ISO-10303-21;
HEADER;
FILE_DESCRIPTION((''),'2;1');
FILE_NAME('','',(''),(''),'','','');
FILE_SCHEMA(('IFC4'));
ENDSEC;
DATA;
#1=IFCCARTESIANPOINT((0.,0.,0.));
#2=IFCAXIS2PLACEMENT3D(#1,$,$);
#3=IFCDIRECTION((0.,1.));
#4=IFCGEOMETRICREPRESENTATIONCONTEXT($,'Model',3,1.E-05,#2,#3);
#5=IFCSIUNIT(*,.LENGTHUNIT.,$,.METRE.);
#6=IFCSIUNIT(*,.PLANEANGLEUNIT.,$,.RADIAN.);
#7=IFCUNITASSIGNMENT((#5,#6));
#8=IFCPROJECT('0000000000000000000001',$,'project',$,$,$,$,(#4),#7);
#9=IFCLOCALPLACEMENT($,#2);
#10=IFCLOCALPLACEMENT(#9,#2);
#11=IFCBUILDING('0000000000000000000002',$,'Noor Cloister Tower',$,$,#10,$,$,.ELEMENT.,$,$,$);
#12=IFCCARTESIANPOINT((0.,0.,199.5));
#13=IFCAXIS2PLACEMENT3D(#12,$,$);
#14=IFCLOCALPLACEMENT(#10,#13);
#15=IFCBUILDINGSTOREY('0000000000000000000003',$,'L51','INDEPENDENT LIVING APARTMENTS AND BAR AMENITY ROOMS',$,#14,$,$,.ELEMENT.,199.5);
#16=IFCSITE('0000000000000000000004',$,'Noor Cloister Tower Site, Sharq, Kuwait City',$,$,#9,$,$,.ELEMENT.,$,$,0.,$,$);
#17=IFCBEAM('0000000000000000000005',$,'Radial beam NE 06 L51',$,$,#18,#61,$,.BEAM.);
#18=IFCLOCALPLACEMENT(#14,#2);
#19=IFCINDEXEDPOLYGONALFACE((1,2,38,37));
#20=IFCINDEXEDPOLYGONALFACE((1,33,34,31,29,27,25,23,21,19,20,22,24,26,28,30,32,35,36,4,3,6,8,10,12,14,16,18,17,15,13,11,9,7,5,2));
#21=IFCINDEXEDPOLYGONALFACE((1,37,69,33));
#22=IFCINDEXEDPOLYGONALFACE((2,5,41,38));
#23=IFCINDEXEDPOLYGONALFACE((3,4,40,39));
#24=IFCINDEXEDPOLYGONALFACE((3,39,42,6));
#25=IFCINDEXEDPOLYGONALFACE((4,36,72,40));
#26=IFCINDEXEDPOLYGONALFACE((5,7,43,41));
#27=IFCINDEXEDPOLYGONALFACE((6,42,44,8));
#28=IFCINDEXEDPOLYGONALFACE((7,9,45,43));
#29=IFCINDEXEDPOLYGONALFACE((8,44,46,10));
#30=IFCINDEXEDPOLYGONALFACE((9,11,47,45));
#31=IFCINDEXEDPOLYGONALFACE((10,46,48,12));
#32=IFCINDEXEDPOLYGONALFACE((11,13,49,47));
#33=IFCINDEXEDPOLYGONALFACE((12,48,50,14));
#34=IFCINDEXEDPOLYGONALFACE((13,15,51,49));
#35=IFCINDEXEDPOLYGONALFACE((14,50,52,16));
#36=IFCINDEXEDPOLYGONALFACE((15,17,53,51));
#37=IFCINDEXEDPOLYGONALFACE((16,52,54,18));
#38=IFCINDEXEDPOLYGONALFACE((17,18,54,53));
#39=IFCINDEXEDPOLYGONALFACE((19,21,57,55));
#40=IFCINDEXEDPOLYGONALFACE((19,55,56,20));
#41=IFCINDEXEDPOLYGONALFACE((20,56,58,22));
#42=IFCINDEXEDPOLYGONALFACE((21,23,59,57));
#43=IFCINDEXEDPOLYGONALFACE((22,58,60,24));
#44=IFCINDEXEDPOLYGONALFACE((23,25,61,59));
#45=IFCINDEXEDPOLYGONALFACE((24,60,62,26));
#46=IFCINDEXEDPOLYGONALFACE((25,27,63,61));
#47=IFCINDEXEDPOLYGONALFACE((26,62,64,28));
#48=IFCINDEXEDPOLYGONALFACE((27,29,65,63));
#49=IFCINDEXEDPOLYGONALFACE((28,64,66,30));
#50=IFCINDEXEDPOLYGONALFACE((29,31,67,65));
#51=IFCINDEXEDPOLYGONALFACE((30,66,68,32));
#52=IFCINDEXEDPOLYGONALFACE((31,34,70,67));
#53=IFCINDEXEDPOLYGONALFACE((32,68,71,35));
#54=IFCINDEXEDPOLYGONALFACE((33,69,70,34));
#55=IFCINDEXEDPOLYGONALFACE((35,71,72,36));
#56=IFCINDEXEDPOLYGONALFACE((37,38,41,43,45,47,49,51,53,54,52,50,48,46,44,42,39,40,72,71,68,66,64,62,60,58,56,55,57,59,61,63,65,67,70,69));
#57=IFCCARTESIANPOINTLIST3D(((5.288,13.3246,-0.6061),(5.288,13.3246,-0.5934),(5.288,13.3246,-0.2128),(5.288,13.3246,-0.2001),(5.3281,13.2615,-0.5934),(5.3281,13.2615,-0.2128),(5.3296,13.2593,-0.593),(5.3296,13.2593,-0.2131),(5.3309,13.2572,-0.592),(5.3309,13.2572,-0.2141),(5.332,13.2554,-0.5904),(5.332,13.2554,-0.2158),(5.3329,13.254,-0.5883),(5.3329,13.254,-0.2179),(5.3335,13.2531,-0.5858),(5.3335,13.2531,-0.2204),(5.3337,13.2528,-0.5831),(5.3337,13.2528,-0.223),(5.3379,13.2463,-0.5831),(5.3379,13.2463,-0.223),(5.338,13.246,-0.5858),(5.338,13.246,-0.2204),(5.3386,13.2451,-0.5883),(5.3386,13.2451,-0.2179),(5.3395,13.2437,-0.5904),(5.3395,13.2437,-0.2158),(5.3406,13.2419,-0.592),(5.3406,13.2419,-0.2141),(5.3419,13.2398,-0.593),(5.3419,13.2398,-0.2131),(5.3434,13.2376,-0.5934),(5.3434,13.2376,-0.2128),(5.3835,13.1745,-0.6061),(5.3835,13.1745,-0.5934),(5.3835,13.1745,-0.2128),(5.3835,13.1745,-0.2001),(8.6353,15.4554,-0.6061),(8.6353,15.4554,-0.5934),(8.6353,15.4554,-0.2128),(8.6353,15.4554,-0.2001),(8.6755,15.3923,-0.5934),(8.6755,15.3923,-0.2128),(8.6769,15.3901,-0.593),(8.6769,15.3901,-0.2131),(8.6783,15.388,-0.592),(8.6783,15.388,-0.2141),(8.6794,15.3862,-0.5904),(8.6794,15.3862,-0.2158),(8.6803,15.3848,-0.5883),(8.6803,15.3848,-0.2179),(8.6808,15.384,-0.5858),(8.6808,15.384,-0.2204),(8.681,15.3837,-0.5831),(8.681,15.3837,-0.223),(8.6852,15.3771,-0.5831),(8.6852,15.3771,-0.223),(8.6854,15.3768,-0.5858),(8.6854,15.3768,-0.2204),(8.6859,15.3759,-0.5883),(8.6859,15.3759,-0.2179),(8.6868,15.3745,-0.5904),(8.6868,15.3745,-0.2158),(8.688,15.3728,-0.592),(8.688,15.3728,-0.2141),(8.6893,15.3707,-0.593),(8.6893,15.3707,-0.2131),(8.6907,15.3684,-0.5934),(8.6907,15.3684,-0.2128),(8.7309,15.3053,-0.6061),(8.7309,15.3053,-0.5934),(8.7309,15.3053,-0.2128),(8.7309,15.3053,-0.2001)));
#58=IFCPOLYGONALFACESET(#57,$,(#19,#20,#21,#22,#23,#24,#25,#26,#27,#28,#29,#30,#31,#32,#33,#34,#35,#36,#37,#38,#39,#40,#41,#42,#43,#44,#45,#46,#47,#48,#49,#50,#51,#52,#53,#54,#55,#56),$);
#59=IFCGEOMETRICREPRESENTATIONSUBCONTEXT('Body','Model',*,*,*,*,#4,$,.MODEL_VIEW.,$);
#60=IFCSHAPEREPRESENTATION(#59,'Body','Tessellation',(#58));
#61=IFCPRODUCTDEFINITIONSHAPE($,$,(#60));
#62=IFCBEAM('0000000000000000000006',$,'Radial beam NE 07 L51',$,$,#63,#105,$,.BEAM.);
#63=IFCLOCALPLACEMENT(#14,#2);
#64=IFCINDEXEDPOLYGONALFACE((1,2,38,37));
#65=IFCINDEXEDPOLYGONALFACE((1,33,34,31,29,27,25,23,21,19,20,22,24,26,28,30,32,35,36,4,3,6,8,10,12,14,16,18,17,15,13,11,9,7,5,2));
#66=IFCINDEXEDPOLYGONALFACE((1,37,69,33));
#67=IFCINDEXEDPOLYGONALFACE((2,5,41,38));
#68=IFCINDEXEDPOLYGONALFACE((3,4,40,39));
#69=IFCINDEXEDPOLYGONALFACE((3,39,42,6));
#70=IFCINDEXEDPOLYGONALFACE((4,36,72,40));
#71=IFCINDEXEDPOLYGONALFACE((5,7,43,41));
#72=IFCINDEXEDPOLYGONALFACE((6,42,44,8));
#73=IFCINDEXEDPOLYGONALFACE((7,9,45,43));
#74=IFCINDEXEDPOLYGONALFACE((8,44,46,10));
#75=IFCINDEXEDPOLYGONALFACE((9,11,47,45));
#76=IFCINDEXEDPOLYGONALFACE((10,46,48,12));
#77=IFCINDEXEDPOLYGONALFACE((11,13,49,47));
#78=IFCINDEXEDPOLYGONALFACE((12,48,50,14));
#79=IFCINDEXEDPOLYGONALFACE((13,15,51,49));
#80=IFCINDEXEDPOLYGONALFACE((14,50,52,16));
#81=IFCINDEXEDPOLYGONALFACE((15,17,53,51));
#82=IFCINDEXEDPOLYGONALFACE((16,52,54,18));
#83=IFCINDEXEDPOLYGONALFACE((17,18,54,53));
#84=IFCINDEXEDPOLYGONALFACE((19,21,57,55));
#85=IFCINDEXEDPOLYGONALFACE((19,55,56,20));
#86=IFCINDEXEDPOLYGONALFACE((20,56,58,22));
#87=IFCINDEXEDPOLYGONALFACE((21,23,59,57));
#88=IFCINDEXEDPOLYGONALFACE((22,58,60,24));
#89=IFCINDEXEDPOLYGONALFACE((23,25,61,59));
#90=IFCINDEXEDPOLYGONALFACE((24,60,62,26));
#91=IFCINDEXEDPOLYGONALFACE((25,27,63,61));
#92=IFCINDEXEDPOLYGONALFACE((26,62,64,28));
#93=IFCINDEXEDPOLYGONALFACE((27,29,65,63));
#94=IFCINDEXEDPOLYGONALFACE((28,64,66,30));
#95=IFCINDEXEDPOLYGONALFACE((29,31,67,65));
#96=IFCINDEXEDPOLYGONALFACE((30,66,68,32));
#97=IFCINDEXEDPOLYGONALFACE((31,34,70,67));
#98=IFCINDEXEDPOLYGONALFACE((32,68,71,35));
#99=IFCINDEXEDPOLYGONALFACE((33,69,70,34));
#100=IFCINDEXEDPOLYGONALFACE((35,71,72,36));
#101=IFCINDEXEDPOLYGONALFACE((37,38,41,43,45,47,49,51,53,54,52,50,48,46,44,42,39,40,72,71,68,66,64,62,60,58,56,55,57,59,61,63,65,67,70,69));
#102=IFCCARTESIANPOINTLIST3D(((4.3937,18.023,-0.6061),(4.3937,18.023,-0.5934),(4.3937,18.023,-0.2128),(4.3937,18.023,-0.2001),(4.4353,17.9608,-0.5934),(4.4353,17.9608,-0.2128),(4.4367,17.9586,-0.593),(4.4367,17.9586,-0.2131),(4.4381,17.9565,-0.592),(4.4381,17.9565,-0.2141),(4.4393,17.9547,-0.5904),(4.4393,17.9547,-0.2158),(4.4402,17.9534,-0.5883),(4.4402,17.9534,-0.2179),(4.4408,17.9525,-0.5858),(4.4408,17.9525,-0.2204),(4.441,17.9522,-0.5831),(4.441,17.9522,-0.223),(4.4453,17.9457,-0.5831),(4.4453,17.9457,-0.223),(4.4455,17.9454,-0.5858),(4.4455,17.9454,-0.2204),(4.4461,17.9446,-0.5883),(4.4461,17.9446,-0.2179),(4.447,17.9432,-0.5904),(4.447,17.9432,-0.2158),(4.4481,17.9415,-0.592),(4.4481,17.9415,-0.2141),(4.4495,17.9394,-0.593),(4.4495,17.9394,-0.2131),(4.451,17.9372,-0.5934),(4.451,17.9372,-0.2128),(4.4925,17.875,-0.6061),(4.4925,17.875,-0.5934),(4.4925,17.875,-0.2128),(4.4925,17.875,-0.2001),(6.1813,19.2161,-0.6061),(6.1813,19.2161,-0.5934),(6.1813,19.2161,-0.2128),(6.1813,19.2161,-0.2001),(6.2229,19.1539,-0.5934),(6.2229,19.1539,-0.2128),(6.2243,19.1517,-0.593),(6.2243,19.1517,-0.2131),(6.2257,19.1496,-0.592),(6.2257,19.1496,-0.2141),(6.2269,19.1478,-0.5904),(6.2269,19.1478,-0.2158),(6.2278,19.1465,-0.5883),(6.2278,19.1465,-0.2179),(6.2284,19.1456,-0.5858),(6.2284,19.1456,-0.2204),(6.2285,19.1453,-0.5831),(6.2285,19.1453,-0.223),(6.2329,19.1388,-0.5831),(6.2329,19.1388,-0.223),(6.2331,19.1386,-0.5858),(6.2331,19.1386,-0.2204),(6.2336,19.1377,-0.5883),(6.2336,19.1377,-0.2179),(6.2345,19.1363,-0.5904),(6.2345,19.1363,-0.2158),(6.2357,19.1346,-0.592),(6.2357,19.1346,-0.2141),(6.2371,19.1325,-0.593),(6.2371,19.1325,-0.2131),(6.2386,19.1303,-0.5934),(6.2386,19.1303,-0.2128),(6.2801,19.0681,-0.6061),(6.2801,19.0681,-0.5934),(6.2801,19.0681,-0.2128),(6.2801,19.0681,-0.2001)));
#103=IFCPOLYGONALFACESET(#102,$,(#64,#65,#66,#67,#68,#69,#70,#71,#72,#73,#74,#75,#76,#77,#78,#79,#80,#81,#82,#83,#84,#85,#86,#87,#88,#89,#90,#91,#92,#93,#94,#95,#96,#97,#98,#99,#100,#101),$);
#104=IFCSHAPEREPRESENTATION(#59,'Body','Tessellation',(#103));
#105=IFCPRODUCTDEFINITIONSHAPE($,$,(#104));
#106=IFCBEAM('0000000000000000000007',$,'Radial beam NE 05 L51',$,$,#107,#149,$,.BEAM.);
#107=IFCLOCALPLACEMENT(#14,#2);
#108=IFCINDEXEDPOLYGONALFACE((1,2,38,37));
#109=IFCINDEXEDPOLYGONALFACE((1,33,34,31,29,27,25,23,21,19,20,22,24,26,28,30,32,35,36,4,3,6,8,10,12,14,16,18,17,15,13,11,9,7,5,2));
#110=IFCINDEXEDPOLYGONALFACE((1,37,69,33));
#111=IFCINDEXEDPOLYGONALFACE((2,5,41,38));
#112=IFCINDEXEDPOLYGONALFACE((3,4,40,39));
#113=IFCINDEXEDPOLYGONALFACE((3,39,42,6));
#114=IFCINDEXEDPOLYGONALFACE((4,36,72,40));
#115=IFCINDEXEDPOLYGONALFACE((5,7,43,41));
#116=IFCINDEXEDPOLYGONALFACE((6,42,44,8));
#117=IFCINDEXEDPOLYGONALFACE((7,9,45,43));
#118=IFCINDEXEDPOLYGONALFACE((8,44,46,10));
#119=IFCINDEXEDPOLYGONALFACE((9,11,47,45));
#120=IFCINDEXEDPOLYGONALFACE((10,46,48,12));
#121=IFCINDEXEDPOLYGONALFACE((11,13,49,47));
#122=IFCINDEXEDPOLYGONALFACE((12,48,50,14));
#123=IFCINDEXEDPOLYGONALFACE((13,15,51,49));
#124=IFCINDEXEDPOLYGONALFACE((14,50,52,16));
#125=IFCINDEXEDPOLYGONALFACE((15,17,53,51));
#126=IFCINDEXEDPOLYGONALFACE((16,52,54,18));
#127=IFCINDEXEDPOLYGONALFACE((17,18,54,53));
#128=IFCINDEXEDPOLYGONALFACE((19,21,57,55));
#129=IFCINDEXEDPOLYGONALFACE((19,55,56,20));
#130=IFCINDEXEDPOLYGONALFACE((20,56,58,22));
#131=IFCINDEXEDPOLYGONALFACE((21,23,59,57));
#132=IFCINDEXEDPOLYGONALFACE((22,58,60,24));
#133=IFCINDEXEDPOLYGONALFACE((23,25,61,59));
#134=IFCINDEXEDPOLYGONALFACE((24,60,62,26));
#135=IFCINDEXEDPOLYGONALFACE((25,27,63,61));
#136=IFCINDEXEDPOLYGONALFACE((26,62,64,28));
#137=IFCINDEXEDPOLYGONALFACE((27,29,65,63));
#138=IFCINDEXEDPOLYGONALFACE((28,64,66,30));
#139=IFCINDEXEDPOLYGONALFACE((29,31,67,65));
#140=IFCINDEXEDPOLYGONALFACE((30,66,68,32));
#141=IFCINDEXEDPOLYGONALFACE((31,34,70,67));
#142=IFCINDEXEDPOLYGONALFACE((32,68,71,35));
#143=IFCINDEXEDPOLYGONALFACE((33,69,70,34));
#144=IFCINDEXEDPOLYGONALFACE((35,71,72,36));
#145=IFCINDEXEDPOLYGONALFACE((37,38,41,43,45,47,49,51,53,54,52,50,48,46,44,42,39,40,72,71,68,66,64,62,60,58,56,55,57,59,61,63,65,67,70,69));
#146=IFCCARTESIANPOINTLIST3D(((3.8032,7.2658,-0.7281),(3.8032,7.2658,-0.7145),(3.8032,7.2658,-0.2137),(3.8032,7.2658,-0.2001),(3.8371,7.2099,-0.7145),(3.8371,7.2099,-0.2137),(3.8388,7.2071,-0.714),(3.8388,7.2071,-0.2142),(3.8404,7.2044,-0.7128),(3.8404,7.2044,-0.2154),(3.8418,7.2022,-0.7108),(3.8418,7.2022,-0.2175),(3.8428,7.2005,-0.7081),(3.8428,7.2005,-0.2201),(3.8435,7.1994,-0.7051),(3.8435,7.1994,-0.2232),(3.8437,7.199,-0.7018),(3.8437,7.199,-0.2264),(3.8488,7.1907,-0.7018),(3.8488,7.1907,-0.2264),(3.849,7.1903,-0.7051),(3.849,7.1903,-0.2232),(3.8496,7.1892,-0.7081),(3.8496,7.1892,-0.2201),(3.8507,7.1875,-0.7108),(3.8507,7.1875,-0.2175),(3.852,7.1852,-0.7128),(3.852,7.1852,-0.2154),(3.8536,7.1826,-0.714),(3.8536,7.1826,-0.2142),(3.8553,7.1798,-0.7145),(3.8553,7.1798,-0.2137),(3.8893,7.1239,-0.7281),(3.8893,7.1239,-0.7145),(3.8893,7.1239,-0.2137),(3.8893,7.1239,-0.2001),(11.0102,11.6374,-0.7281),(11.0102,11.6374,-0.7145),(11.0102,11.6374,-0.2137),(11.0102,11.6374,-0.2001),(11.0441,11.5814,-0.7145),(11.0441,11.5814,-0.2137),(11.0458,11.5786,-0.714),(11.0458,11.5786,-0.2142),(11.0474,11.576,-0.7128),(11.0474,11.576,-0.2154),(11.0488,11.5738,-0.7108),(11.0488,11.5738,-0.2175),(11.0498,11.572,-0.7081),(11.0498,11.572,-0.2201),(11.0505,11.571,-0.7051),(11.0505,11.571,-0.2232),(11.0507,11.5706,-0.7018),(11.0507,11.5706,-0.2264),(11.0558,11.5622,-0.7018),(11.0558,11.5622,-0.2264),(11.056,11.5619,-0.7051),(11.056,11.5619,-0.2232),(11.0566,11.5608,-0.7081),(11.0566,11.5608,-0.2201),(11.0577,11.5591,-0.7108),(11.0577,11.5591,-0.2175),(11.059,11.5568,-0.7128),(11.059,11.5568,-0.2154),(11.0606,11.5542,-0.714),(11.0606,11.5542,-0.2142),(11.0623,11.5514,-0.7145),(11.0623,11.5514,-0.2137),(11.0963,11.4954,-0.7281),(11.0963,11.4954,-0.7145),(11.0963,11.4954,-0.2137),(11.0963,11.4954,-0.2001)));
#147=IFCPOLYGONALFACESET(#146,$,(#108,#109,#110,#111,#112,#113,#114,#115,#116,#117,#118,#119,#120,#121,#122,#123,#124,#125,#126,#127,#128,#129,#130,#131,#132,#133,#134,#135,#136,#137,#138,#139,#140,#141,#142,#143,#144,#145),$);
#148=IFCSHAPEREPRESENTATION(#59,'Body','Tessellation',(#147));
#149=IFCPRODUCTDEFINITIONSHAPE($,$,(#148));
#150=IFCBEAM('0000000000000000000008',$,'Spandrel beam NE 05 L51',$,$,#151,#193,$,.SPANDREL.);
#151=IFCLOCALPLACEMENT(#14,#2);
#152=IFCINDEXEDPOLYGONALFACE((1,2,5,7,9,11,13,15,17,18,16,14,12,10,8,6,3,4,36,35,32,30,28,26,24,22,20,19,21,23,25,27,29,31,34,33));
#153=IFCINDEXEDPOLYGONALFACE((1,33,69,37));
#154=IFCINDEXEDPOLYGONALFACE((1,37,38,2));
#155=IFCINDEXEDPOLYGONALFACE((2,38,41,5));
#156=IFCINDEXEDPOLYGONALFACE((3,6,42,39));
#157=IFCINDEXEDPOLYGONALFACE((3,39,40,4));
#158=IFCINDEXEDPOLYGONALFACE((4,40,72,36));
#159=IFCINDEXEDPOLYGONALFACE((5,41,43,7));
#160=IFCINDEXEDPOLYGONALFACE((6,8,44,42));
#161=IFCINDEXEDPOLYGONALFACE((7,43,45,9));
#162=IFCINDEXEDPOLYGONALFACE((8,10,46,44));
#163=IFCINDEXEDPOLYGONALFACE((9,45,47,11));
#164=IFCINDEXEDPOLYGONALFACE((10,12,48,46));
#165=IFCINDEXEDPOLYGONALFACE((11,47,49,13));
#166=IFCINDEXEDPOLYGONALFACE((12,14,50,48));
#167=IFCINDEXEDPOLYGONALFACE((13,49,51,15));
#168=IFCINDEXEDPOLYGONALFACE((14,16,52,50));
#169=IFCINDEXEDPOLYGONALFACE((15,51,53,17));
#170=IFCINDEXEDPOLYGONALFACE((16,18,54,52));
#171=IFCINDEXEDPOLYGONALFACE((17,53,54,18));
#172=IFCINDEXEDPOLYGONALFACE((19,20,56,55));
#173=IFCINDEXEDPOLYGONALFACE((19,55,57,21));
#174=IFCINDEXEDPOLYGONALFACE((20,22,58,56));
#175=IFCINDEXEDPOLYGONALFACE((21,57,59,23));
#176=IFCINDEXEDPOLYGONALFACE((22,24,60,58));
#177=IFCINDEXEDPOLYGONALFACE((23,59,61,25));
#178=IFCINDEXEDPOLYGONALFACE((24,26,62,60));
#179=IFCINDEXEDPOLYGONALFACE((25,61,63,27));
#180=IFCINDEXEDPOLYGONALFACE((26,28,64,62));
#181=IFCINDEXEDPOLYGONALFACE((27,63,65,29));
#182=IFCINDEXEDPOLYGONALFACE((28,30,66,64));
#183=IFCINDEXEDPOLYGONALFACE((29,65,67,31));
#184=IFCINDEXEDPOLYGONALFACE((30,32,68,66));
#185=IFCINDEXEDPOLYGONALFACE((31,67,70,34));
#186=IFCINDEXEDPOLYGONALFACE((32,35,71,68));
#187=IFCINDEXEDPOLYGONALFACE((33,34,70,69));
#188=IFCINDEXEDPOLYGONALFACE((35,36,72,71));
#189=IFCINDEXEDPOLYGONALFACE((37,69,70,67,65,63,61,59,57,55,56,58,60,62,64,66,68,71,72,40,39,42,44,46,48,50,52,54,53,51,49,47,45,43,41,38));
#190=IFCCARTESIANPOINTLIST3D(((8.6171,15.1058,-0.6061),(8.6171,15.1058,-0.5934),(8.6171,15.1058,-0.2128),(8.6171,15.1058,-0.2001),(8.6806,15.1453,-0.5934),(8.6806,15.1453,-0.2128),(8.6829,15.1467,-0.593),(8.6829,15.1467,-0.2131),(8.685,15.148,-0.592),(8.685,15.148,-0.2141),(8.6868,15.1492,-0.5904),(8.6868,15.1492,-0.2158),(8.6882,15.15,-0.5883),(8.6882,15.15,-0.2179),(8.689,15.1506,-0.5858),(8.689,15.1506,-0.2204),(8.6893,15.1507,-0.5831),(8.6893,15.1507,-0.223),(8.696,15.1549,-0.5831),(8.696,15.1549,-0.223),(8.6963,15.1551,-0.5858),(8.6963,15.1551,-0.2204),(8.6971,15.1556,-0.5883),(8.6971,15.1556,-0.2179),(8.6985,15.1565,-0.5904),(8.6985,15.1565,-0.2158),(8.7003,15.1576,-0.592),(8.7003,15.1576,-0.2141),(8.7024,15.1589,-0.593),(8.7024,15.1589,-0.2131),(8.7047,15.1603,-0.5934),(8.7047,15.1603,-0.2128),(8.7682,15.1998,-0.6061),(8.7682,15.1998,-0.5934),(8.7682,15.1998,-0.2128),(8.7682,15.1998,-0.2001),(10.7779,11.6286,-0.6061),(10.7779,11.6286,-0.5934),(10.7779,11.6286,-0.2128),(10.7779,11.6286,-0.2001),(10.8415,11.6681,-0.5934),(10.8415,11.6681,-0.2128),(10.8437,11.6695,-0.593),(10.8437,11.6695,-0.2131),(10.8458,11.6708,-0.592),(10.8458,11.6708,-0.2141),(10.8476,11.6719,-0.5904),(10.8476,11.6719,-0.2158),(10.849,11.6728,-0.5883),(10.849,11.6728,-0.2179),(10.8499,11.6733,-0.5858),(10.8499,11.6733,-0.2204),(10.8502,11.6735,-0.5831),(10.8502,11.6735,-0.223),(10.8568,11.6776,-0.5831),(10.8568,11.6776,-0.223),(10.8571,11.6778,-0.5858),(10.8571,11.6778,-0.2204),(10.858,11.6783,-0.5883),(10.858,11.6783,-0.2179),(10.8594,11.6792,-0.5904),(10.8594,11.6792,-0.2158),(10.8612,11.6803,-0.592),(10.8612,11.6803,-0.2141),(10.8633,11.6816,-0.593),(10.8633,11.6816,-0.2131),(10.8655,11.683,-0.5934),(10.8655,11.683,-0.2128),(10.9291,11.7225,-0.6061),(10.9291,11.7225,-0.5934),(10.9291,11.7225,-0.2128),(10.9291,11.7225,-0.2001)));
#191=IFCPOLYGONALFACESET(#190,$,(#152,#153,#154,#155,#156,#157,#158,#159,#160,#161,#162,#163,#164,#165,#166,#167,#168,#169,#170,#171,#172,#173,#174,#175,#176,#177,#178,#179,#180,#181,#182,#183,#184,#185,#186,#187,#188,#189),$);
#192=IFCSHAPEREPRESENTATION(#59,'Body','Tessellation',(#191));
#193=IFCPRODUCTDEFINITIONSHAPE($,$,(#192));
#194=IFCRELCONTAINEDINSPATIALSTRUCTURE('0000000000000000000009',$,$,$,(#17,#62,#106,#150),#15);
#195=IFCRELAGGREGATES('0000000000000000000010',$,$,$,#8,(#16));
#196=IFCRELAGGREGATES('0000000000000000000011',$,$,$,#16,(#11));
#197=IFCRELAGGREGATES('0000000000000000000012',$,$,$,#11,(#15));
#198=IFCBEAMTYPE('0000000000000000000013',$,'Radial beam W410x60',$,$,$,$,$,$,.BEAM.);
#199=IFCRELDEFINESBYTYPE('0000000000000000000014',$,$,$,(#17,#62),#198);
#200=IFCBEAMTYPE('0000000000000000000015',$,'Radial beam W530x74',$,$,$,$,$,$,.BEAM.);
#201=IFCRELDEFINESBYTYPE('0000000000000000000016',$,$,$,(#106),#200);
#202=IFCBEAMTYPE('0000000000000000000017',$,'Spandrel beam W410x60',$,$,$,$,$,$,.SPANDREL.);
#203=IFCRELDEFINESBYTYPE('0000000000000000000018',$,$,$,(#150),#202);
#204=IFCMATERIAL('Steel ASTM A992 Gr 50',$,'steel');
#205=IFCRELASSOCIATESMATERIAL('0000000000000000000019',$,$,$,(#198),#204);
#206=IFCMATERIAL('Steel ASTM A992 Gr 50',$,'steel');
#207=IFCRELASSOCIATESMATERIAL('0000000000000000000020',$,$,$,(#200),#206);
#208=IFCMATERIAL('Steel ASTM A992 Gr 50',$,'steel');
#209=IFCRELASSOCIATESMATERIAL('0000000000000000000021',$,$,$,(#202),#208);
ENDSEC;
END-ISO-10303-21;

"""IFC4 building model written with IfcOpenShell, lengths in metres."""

from ifc_helpers import new_model, si_unit, direction, frame, origin, origin_2d, place, context, subcontext, project, spatial, i_section, extrude, material, material_profile, profile_set, type_object, element, save


model = new_model("IFC4")

# Units and contexts
model_context = context("Model", 3, precision=1e-05, world=origin(), true_north=direction((0.0, 1.0)))
body_context = subcontext(model_context, "Body", "Model", "MODEL_VIEW")
ifc_project = project(units=[si_unit("LENGTHUNIT", "METRE"), si_unit("PLANEANGLEUNIT", "RADIAN")], contexts=[model_context])

# Site, building, storey
site_placement = place(None, origin())
site = spatial("IfcSite", under=ifc_project, at=site_placement, Name="Noor Cloister Tower Site, Sharq, Kuwait City", CompositionType="ELEMENT", RefElevation=0.0)
building_placement = place(site_placement, origin())
building = spatial("IfcBuilding", under=site, at=building_placement, Name="Noor Cloister Tower", CompositionType="ELEMENT")
storey_placement = place(building_placement, frame((0.0, 0.0, 199.5)))
storey = spatial("IfcBuildingStorey", under=building, at=storey_placement, Name="L51", Description="INDEPENDENT LIVING APARTMENTS AND BAR AMENITY ROOMS", CompositionType="ELEMENT", Elevation=199.5)

# Beams
ifc_material_1 = material(Name="Steel ASTM A992 Gr 50", Category="steel")
ifc_material_profile_1 = material_profile(ifc_material_1, i_section(OverallWidth=0.178, OverallDepth=0.406, WebThickness=0.0078, FlangeThickness=0.0127, FilletRadius=0.0103, at=origin_2d()), Name="W410x60")
ifc_profile_set_1 = profile_set([ifc_material_profile_1], Name="Steel ASTM A992 Gr 50")
beam_type_1 = type_object("IfcBeamType", Name="Radial beam W410x60", PredefinedType="BEAM", material=ifc_profile_set_1)
beam_1_placement = place(storey_placement, frame((8.6831, 15.3804, -0.4031), z_axis=(-0.843583, -0.536999, 0.0), x_axis=(0.536999, -0.843583, 0.0)))
element("IfcBeam", 1, at=beam_1_placement, inside=storey, type_object=beam_type_1, Name="Radial beam NE 06 L51", PredefinedType="BEAM", context=body_context, shape_type="SweptSolid", body=[
    extrude(i_section(OverallWidth=0.178, OverallDepth=0.406, WebThickness=0.0078, FlangeThickness=0.0127, FilletRadius=0.0103, at=origin_2d()), origin(), (0.0, 0.0, 1.0), 3.968),
])
beam_2_placement = place(storey_placement, frame((6.2307, 19.1421, -0.4031), z_axis=(-0.831753, -0.555146, 0.0), x_axis=(0.555146, -0.831753, 0.0)))
element("IfcBeam", 2, at=beam_2_placement, inside=storey, type_object=beam_type_1, Name="Radial beam NE 07 L51", PredefinedType="BEAM", context=body_context, shape_type="SweptSolid", body=[
    extrude(i_section(OverallWidth=0.178, OverallDepth=0.406, WebThickness=0.0078, FlangeThickness=0.0127, FilletRadius=0.0103, at=origin_2d()), origin(), (0.0, 0.0, 1.0), 2.1492),
])
ifc_material_2 = material(Name="Steel ASTM A992 Gr 50", Category="steel")
ifc_material_profile_2 = material_profile(ifc_material_2, i_section(OverallWidth=0.166, OverallDepth=0.5281, WebThickness=0.0098, FlangeThickness=0.0137, FilletRadius=0.0127, at=origin_2d()), Name="W530x74")
ifc_profile_set_2 = profile_set([ifc_material_profile_2], Name="Steel ASTM A992 Gr 50")
beam_type_2 = type_object("IfcBeamType", Name="Radial beam W530x74", PredefinedType="BEAM", material=ifc_profile_set_2)
beam_3_placement = place(storey_placement, frame((11.0532, 11.5664, -0.4641), z_axis=(-0.855004, -0.518621, 0.0), x_axis=(0.518621, -0.855004, 0.0)))
element("IfcBeam", 3, at=beam_3_placement, inside=storey, type_object=beam_type_2, Name="Radial beam NE 05 L51", PredefinedType="BEAM", context=body_context, shape_type="SweptSolid", body=[
    extrude(i_section(OverallWidth=0.166, OverallDepth=0.5281, WebThickness=0.0098, FlangeThickness=0.0137, FilletRadius=0.0127, at=origin_2d()), origin(), (0.0, 0.0, 1.0), 8.4292),
])
ifc_material_3 = material(Name="Steel ASTM A992 Gr 50", Category="steel")
ifc_material_profile_3 = material_profile(ifc_material_3, i_section(OverallWidth=0.178, OverallDepth=0.406, WebThickness=0.0078, FlangeThickness=0.0127, FilletRadius=0.0103, at=origin_2d()), Name="W410x60")
ifc_profile_set_3 = profile_set([ifc_material_profile_3], Name="Steel ASTM A992 Gr 50")
beam_type_3 = type_object("IfcBeamType", Name="Spandrel beam W410x60", PredefinedType="SPANDREL", material=ifc_profile_set_3)
for number, where, z_axis, x_axis, name in (
    (4, (10.8535, 11.6755, -0.4031), (-0.527816, 0.849359, 0.0), (-0.849359, -0.527816, 0.0), "Spandrel beam NE 05 L51"),
):
    element("IfcBeam", number, at=place(storey_placement, frame(where, z_axis=z_axis, x_axis=x_axis)), inside=storey, type_object=beam_type_3, Name=name, PredefinedType="SPANDREL", context=body_context, shape_type="SweptSolid", body=[
        extrude(i_section(OverallWidth=0.178, OverallDepth=0.406, WebThickness=0.0078, FlangeThickness=0.0127, FilletRadius=0.0103, at=origin_2d()), origin(), (0.0, 0.0, 1.0), 4.094),
    ])

save(model, "model.ifc")
